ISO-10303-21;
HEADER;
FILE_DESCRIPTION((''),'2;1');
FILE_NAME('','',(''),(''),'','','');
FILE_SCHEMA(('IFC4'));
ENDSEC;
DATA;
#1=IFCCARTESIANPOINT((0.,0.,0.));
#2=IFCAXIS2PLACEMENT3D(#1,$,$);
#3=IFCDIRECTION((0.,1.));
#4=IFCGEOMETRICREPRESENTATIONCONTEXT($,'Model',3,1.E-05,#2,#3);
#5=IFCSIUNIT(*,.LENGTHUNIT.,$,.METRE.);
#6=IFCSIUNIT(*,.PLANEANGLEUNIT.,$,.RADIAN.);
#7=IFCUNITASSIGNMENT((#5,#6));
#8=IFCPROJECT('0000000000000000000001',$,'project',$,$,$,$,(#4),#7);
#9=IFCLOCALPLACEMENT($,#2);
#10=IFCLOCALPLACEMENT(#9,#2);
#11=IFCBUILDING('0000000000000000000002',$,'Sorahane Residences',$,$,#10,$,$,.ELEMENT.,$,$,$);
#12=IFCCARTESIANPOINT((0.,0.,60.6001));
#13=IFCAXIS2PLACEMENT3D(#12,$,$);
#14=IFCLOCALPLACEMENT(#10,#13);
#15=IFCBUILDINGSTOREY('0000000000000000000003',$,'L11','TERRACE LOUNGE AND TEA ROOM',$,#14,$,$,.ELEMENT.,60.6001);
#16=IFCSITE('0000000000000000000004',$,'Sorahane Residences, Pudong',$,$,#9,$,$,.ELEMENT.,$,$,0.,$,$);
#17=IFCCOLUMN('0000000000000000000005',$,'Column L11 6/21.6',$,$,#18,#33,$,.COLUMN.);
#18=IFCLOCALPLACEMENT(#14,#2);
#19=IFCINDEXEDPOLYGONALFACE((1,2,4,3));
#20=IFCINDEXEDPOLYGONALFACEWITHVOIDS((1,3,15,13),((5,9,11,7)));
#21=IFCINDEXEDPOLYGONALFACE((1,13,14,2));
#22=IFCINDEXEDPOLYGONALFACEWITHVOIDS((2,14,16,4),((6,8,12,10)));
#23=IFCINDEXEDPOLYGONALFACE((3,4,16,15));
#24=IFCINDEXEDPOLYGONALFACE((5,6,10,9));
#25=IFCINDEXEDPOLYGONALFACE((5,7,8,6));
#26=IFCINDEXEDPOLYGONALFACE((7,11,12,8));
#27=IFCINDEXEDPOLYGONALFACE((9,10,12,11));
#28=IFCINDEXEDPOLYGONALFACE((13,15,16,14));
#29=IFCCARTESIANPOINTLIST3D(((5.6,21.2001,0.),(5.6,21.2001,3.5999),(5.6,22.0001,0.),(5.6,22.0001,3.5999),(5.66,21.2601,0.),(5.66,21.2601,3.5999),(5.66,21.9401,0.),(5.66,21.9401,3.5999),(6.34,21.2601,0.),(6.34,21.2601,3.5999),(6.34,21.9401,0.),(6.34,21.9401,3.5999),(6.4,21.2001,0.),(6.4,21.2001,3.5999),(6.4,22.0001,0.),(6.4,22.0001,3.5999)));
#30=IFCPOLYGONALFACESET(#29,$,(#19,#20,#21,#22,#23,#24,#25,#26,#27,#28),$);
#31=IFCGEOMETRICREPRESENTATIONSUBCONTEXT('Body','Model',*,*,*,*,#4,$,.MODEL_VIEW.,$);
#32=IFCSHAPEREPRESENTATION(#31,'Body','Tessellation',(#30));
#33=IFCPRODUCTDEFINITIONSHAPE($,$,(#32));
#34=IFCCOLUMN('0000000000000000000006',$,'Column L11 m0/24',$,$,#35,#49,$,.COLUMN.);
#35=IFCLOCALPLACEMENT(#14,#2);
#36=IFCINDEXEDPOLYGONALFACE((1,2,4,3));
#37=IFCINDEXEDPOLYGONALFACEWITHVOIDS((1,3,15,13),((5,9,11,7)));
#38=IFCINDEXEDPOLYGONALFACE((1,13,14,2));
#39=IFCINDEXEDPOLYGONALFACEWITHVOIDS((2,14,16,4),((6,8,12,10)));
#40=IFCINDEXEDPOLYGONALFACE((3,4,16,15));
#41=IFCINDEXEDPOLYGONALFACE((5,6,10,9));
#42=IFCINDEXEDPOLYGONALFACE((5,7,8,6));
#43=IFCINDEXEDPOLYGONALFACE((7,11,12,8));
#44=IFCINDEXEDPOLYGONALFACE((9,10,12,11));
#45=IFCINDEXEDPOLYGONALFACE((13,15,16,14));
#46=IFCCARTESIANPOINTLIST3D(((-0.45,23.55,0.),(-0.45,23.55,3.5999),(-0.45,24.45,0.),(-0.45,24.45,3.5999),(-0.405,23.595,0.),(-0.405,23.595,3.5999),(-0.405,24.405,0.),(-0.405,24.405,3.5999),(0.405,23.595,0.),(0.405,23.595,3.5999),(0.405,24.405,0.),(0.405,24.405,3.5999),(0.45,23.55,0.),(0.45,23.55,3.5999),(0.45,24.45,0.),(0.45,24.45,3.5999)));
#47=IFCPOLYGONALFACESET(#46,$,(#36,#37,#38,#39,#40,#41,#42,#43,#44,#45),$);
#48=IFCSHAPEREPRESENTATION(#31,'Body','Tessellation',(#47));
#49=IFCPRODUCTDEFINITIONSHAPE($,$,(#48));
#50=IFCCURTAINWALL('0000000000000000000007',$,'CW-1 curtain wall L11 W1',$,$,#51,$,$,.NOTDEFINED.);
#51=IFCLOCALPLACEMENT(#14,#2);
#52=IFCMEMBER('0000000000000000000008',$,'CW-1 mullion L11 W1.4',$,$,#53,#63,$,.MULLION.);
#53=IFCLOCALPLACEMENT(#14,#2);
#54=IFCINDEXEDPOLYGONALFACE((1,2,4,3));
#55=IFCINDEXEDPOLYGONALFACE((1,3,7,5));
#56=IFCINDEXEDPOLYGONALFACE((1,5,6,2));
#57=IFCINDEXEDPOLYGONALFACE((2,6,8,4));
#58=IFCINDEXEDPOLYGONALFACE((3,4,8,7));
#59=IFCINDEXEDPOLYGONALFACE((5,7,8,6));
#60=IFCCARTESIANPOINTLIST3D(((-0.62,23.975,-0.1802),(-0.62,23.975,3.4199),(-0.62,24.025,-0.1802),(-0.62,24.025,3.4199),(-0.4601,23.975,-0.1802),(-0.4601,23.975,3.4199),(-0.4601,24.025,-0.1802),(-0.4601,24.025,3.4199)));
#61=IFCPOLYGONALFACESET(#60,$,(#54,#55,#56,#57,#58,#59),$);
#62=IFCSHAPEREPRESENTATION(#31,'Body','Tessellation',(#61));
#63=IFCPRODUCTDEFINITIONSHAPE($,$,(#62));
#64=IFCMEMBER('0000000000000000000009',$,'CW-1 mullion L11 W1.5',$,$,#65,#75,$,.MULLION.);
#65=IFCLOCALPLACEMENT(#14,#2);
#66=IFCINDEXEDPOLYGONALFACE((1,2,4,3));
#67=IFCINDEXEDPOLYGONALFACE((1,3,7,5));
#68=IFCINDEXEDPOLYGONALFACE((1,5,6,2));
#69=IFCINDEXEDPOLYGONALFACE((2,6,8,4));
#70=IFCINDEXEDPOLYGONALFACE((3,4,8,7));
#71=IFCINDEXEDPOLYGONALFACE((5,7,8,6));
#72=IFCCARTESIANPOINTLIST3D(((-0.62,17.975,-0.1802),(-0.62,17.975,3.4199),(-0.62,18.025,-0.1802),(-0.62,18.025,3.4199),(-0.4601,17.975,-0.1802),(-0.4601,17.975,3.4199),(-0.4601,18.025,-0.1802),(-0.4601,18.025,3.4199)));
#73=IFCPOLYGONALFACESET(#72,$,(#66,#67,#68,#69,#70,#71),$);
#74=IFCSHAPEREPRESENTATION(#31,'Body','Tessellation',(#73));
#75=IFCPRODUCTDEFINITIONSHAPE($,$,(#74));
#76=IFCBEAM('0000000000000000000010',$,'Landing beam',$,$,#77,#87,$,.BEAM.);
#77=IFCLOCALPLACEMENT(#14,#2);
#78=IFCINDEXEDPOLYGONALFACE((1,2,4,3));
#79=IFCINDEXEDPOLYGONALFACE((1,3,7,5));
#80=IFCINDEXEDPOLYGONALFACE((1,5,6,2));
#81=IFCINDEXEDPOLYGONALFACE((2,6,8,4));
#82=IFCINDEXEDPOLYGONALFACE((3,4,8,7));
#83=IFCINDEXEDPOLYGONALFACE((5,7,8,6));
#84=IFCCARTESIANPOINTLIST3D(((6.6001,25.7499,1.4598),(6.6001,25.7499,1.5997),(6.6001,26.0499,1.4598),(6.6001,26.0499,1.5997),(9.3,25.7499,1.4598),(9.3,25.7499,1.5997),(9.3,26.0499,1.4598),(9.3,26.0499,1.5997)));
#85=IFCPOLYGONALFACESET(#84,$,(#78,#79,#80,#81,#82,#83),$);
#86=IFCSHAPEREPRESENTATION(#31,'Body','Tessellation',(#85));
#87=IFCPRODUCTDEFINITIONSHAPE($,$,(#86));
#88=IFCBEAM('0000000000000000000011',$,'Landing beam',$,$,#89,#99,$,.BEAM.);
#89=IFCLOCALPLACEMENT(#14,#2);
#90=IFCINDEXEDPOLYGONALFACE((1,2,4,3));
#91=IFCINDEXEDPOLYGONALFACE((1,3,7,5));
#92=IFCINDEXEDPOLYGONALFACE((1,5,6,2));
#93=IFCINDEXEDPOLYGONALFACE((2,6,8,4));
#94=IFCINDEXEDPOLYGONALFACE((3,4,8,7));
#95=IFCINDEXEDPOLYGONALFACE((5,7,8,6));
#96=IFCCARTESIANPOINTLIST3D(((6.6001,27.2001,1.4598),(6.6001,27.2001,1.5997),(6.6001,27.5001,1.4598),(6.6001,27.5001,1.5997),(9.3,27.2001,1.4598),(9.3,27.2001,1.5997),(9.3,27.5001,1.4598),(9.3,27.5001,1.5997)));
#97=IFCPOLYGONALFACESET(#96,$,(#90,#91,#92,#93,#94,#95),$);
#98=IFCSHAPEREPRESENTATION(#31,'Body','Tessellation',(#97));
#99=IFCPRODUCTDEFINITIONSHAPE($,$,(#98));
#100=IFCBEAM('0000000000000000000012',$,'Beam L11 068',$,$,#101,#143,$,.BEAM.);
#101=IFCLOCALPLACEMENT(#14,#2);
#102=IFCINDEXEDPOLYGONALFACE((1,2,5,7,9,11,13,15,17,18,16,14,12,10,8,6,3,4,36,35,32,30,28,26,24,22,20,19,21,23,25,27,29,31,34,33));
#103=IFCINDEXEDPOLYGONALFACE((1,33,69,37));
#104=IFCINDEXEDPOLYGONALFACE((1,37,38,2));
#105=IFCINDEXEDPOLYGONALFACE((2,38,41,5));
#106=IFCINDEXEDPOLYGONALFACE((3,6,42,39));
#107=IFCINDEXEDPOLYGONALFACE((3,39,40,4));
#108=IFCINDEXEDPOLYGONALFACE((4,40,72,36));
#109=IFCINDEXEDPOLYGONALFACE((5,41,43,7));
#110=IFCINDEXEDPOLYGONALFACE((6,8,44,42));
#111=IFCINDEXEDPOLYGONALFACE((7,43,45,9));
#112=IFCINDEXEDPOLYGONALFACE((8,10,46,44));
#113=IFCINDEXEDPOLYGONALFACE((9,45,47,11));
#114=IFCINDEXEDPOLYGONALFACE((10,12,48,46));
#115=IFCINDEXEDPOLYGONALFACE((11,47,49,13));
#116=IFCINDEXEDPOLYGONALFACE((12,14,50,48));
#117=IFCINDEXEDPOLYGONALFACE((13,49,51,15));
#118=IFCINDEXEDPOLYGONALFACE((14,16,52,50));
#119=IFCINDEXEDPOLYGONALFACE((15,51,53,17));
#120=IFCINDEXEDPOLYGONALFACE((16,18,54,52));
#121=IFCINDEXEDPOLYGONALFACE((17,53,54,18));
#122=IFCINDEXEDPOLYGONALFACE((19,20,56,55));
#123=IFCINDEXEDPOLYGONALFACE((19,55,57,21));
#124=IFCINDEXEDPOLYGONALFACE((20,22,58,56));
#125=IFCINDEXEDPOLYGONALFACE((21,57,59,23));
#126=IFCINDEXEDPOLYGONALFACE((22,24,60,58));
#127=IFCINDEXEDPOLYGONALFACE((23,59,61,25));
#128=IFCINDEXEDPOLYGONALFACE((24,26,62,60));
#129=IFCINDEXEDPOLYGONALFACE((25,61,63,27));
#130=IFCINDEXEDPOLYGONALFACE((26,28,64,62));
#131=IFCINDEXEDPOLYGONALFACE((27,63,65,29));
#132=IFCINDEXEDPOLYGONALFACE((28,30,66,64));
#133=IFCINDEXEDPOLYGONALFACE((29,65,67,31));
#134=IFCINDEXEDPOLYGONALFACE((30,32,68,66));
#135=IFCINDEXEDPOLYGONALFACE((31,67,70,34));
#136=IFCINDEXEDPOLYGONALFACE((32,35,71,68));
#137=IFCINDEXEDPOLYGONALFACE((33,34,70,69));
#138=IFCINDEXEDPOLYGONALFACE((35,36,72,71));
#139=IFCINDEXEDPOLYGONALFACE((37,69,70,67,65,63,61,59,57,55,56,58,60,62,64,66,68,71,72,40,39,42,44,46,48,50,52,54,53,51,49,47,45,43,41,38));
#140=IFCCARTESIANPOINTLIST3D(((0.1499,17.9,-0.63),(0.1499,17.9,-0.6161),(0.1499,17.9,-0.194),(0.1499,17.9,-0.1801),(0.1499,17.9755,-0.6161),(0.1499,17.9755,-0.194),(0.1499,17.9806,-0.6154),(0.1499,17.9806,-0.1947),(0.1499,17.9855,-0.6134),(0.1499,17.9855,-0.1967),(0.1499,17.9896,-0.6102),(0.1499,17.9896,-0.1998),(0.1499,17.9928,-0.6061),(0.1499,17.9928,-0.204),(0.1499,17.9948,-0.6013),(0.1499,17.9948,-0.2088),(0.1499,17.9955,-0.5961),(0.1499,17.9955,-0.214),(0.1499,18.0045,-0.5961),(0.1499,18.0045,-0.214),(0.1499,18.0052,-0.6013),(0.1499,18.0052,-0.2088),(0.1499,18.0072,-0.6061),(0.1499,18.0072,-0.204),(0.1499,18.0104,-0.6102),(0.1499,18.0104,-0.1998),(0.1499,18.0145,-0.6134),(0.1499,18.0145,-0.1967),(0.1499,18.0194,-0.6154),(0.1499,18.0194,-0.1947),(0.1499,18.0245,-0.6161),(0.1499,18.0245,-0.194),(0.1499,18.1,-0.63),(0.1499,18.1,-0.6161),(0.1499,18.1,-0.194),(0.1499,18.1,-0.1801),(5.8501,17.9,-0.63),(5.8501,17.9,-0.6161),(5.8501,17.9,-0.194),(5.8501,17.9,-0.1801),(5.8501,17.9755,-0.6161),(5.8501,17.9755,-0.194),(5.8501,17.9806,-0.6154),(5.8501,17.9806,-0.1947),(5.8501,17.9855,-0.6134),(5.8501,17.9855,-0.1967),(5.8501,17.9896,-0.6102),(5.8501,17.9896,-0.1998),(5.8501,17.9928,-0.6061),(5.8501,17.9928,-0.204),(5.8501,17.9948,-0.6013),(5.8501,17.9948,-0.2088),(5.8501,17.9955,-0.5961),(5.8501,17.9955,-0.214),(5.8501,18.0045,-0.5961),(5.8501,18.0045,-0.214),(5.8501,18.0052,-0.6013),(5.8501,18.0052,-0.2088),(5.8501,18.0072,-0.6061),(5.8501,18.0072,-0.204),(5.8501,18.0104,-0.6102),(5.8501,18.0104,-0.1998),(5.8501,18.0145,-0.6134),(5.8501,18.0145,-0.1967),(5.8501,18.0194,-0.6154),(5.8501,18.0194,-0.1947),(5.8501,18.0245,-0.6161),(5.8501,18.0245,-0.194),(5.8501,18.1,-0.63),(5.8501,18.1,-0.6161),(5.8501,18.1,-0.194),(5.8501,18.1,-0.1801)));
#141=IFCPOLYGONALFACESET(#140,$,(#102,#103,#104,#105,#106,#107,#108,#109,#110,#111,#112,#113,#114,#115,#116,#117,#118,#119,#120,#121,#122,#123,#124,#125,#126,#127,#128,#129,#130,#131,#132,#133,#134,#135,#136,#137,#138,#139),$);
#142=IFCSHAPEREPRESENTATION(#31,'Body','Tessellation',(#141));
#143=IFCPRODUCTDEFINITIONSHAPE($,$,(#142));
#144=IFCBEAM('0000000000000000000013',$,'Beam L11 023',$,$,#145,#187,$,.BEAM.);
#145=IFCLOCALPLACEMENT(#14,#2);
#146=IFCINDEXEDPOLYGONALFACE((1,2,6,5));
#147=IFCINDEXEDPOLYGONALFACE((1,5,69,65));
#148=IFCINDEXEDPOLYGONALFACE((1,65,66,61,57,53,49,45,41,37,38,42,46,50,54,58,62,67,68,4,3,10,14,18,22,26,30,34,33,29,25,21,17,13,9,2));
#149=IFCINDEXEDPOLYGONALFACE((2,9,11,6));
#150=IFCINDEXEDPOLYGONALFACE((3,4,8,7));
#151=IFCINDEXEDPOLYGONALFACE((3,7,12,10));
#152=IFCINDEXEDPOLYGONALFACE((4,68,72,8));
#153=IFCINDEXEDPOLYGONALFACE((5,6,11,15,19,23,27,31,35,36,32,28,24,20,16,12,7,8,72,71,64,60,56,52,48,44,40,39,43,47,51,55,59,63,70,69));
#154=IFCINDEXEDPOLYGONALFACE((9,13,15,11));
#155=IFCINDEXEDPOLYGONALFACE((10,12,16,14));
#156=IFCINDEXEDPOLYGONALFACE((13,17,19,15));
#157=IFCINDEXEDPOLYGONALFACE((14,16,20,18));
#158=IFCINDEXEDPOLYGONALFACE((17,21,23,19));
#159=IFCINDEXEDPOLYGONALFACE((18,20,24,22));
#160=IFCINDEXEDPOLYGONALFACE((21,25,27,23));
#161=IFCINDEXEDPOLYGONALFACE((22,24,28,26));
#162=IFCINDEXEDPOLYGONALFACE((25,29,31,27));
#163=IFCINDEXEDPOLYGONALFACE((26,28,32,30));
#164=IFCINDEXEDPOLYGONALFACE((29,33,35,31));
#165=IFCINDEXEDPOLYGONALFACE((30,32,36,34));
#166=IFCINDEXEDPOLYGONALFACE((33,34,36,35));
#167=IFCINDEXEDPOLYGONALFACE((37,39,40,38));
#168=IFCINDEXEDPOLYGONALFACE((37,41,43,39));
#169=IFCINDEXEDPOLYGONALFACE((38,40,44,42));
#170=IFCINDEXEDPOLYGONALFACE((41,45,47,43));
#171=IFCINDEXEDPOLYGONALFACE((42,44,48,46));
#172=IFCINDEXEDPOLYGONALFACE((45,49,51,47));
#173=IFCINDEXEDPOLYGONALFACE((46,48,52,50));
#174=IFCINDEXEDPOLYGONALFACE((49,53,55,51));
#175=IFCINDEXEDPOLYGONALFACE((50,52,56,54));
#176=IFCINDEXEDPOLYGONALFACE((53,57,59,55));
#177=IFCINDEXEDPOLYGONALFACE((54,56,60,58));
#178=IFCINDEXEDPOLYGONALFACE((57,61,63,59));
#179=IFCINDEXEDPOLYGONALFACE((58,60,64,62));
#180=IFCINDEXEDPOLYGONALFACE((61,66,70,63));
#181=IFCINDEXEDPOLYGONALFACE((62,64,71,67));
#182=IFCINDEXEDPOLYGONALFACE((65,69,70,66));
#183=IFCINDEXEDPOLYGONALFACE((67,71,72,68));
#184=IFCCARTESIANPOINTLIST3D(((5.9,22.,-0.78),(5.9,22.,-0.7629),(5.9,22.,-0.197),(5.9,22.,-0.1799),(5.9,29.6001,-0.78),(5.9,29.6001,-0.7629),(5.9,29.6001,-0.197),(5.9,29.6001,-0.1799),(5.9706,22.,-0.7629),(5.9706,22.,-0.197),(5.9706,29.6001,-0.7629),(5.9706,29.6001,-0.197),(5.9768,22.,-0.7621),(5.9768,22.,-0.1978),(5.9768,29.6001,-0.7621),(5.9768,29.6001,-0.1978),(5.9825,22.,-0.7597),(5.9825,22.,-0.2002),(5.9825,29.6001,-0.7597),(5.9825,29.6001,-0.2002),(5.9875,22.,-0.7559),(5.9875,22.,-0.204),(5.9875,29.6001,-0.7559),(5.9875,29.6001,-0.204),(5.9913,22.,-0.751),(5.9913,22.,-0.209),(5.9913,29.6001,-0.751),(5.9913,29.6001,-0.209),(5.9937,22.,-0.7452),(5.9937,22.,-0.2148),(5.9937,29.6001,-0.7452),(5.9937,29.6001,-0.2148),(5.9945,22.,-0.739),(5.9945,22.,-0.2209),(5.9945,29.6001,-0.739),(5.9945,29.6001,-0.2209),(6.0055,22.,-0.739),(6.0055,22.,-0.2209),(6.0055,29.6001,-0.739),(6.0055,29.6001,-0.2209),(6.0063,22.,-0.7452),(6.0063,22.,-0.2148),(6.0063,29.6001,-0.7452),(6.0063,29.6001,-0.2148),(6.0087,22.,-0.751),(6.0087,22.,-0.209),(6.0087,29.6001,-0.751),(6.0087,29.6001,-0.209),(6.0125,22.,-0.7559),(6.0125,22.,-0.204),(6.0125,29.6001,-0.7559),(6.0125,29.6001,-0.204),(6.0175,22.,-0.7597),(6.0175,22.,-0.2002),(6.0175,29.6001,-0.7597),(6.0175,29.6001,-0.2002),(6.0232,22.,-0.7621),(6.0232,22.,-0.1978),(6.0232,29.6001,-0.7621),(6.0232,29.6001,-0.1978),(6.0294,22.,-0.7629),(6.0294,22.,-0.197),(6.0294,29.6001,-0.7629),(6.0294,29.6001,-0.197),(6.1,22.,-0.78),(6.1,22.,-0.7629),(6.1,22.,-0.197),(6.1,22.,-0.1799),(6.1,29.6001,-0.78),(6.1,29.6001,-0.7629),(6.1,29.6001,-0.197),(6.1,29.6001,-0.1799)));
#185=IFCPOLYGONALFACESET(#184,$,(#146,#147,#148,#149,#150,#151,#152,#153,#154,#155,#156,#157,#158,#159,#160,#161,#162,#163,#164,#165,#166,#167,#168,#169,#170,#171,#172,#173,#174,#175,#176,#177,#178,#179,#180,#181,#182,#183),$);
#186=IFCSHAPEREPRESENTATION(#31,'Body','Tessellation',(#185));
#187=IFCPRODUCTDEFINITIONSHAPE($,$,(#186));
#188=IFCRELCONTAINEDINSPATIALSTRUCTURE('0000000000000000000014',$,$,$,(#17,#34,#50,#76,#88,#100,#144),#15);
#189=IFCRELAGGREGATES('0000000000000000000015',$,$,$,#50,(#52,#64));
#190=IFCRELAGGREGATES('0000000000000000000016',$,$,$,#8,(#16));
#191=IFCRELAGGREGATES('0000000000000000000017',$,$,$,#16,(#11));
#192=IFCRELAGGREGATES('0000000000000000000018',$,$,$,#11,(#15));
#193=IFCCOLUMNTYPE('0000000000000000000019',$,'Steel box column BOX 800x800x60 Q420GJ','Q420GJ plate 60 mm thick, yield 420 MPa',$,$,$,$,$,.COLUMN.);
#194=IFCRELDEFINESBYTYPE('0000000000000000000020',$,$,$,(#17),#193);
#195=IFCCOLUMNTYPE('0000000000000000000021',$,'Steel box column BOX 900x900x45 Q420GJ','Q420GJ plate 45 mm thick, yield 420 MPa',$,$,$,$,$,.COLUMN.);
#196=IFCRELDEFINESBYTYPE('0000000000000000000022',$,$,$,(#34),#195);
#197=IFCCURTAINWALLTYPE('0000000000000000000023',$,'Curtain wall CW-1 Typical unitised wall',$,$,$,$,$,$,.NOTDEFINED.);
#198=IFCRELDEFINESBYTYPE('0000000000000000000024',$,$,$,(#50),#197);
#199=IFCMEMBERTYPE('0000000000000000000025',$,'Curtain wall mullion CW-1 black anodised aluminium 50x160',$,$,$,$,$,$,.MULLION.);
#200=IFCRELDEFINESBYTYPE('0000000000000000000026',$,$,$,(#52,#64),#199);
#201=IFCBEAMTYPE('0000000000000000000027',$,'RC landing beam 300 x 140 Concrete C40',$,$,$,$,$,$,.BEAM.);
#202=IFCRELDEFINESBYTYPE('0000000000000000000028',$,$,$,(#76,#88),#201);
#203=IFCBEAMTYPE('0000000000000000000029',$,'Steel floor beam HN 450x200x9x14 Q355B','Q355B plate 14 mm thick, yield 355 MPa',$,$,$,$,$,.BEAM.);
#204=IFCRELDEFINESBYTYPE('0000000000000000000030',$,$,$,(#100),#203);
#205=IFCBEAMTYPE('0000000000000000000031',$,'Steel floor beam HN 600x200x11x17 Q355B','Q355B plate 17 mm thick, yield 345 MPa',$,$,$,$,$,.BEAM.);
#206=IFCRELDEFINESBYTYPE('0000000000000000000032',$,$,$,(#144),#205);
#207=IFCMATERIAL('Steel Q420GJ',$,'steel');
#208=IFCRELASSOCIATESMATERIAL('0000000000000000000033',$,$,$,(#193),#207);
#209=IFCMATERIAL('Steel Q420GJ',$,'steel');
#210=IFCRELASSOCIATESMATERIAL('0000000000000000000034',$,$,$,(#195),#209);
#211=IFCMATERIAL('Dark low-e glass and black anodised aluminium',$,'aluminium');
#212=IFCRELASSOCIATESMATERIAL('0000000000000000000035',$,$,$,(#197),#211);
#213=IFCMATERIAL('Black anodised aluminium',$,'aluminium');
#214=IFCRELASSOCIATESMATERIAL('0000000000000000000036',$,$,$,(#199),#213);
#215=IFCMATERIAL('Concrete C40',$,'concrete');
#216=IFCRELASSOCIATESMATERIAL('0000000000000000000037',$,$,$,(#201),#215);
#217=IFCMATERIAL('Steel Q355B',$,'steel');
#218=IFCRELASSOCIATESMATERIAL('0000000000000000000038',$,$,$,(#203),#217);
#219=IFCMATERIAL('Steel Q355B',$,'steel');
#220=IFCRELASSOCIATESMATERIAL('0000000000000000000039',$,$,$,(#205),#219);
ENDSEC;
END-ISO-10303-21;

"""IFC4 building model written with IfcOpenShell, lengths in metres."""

from ifc_helpers import new_model, si_unit, direction, frame, origin, origin_2d, place, context, subcontext, project, spatial, rectangle, hollow_rectangle, i_section, extrude, material, material_profile, profile_set, type_object, element, aggregate, save


model = new_model("IFC4")

# Units and contexts
model_context = context("Model", 3, precision=1e-05, world=origin(), true_north=direction((0.0, 1.0)))
body_context = subcontext(model_context, "Body", "Model", "MODEL_VIEW")
ifc_project = project(units=[si_unit("LENGTHUNIT", "METRE"), si_unit("PLANEANGLEUNIT", "RADIAN")], contexts=[model_context])

# Site, building, storey
site_placement = place(None, origin())
site = spatial("IfcSite", under=ifc_project, at=site_placement, Name="Sorahane Residences, Pudong", CompositionType="ELEMENT", RefElevation=0.0)
building_placement = place(site_placement, origin())
building = spatial("IfcBuilding", under=site, at=building_placement, Name="Sorahane Residences", CompositionType="ELEMENT")
storey_placement = place(building_placement, frame((0.0, 0.0, 60.6001)))
storey = spatial("IfcBuildingStorey", under=building, at=storey_placement, Name="L11", Description="TERRACE LOUNGE AND TEA ROOM", CompositionType="ELEMENT", Elevation=60.6001)

# Columns
ifc_material_1 = material(Name="Steel Q420GJ", Category="steel")
ifc_material_profile_1 = material_profile(ifc_material_1, hollow_rectangle(XDim=0.8, YDim=0.8, WallThickness=0.0601, at=origin_2d()), Name="BOX 800x800x60")
ifc_profile_set_1 = profile_set([ifc_material_profile_1], Name="Steel Q420GJ")
column_type_1 = type_object("IfcColumnType", Name="Steel box column BOX 800x800x60 Q420GJ", Description="Q420GJ plate 60 mm thick, yield 420 MPa", PredefinedType="COLUMN", material=ifc_profile_set_1)
column_1_placement = place(storey_placement, frame((6.0, 21.6001, 0.0), z_axis=(0.0, 0.0, 1.0), x_axis=(1.0, 0.0, 0.0)))
element("IfcColumn", 1, at=column_1_placement, inside=storey, type_object=column_type_1, Name="Column L11 6/21.6", PredefinedType="COLUMN", context=body_context, shape_type="SweptSolid", body=[
    extrude(hollow_rectangle(XDim=0.8, YDim=0.8, WallThickness=0.0601, at=origin_2d()), origin(), (0.0, 0.0, 1.0), 3.5999),
])
ifc_material_2 = material(Name="Steel Q420GJ", Category="steel")
ifc_material_profile_2 = material_profile(ifc_material_2, hollow_rectangle(XDim=0.8999, YDim=0.8999, WallThickness=0.0449, at=origin_2d()), Name="BOX 900x900x45")
ifc_profile_set_2 = profile_set([ifc_material_profile_2], Name="Steel Q420GJ")
column_type_2 = type_object("IfcColumnType", Name="Steel box column BOX 900x900x45 Q420GJ", Description="Q420GJ plate 45 mm thick, yield 420 MPa", PredefinedType="COLUMN", material=ifc_profile_set_2)
column_2_placement = place(storey_placement, frame((0.0, 24.0, 0.0), z_axis=(0.0, 0.0, 1.0), x_axis=(1.0, 0.0, 0.0)))
element("IfcColumn", 2, at=column_2_placement, inside=storey, type_object=column_type_2, Name="Column L11 m0/24", PredefinedType="COLUMN", context=body_context, shape_type="SweptSolid", body=[
    extrude(hollow_rectangle(XDim=0.8999, YDim=0.8999, WallThickness=0.0449, at=origin_2d()), origin(), (0.0, 0.0, 1.0), 3.5999),
])

# Curtain wall, members
ifc_material_3 = material(Name="Dark low-e glass and black anodised aluminium", Category="aluminium")
curtain_wall_type = type_object("IfcCurtainWallType", Name="Curtain wall CW-1 Typical unitised wall", PredefinedType="NOTDEFINED", material=ifc_material_3)
curtain_wall_placement = place(storey_placement, origin())
curtain_wall = element("IfcCurtainWall", 3, at=curtain_wall_placement, inside=storey, type_object=curtain_wall_type, Name="CW-1 curtain wall L11 W1", PredefinedType="NOTDEFINED")
ifc_material_4 = material(Name="Black anodised aluminium", Category="aluminium")
ifc_material_profile_3 = material_profile(ifc_material_4, rectangle(XDim=0.1599, YDim=0.05, at=origin_2d()), Name="Curtain wall mullion CW-1 black anodised aluminium 50x160")
ifc_profile_set_3 = profile_set([ifc_material_profile_3], Name="Black anodised aluminium")
member_type = type_object("IfcMemberType", Name="Curtain wall mullion CW-1 black anodised aluminium 50x160", PredefinedType="MULLION", material=ifc_profile_set_3)
member_1_placement = place(storey_placement, frame((-0.54, 24.0, -0.1802), z_axis=(0.0, 0.0, 1.0), x_axis=(-1.0, 0.0, 0.0)))
member_1 = element("IfcMember", 4, at=member_1_placement, type_object=member_type, Name="CW-1 mullion L11 W1.4", PredefinedType="MULLION", context=body_context, shape_type="SweptSolid", body=[
    extrude(rectangle(XDim=0.1599, YDim=0.05, at=origin_2d()), origin(), (0.0, 0.0, 1.0), 3.6001),
])
member_2_placement = place(storey_placement, frame((-0.54, 18.0, -0.1802), z_axis=(0.0, 0.0, 1.0), x_axis=(-1.0, 0.0, 0.0)))
member_2 = element("IfcMember", 5, at=member_2_placement, type_object=member_type, Name="CW-1 mullion L11 W1.5", PredefinedType="MULLION", context=body_context, shape_type="SweptSolid", body=[
    extrude(rectangle(XDim=0.1599, YDim=0.05, at=origin_2d()), origin(), (0.0, 0.0, 1.0), 3.6001),
])

# Beams
ifc_material_5 = material(Name="Concrete C40", Category="concrete")
ifc_material_profile_4 = material_profile(ifc_material_5, rectangle(XDim=0.3, YDim=0.1399, at=origin_2d()), Name="300x140")
ifc_profile_set_4 = profile_set([ifc_material_profile_4], Name="Concrete C40")
beam_type_1 = type_object("IfcBeamType", Name="RC landing beam 300 x 140 Concrete C40", PredefinedType="BEAM", material=ifc_profile_set_4)
for number, where, z_axis, x_axis, name in (
    (6, (6.6001, 25.8999, 1.5298), (1.0, 0.0, 0.0), (0.0, 1.0, 0.0), "Landing beam"),
    (7, (6.6001, 27.3501, 1.5298), (1.0, 0.0, 0.0), (0.0, 1.0, 0.0), "Landing beam"),
):
    element("IfcBeam", number, at=place(storey_placement, frame(where, z_axis=z_axis, x_axis=x_axis)), inside=storey, type_object=beam_type_1, Name=name, PredefinedType="BEAM", context=body_context, shape_type="SweptSolid", body=[
        extrude(rectangle(XDim=0.3, YDim=0.1399, at=origin_2d()), origin(), (0.0, 0.0, 1.0), 2.7),
    ])
ifc_material_6 = material(Name="Steel Q355B", Category="steel")
ifc_material_profile_5 = material_profile(ifc_material_6, i_section(OverallWidth=0.2, OverallDepth=0.45, WebThickness=0.009, FlangeThickness=0.0139, FilletRadius=0.02, at=origin_2d()), Name="HN 450x200x9x14")
ifc_profile_set_5 = profile_set([ifc_material_profile_5], Name="Steel Q355B")
beam_type_2 = type_object("IfcBeamType", Name="Steel floor beam HN 450x200x9x14 Q355B", Description="Q355B plate 14 mm thick, yield 355 MPa", PredefinedType="BEAM", material=ifc_profile_set_5)
beam_1_placement = place(storey_placement, frame((0.1499, 18.0, -0.405), z_axis=(1.0, 0.0, 0.0), x_axis=(0.0, 1.0, 0.0)))
element("IfcBeam", 8, at=beam_1_placement, inside=storey, type_object=beam_type_2, Name="Beam L11 068", PredefinedType="BEAM", context=body_context, shape_type="SweptSolid", body=[
    extrude(i_section(OverallWidth=0.2, OverallDepth=0.45, WebThickness=0.009, FlangeThickness=0.0139, FilletRadius=0.02, at=origin_2d()), origin(), (0.0, 0.0, 1.0), 5.7002),
])
ifc_material_7 = material(Name="Steel Q355B", Category="steel")
ifc_material_profile_6 = material_profile(ifc_material_7, i_section(OverallWidth=0.2, OverallDepth=0.6001, WebThickness=0.011, FlangeThickness=0.0171, FilletRadius=0.0239, at=origin_2d()), Name="HN 600x200x11x17")
ifc_profile_set_6 = profile_set([ifc_material_profile_6], Name="Steel Q355B")
beam_type_3 = type_object("IfcBeamType", Name="Steel floor beam HN 600x200x11x17 Q355B", Description="Q355B plate 17 mm thick, yield 345 MPa", PredefinedType="BEAM", material=ifc_profile_set_6)
beam_2_placement = place(storey_placement, frame((6.0, 22.0, -0.48), z_axis=(0.0, 1.0, 0.0), x_axis=(-1.0, 0.0, 0.0)))
element("IfcBeam", 9, at=beam_2_placement, inside=storey, type_object=beam_type_3, Name="Beam L11 023", PredefinedType="BEAM", context=body_context, shape_type="SweptSolid", body=[
    extrude(i_section(OverallWidth=0.2, OverallDepth=0.6001, WebThickness=0.011, FlangeThickness=0.0171, FilletRadius=0.0239, at=origin_2d()), origin(), (0.0, 0.0, 1.0), 7.6001),
])

aggregate(curtain_wall, [member_1, member_2])

save(model, "model.ifc")
